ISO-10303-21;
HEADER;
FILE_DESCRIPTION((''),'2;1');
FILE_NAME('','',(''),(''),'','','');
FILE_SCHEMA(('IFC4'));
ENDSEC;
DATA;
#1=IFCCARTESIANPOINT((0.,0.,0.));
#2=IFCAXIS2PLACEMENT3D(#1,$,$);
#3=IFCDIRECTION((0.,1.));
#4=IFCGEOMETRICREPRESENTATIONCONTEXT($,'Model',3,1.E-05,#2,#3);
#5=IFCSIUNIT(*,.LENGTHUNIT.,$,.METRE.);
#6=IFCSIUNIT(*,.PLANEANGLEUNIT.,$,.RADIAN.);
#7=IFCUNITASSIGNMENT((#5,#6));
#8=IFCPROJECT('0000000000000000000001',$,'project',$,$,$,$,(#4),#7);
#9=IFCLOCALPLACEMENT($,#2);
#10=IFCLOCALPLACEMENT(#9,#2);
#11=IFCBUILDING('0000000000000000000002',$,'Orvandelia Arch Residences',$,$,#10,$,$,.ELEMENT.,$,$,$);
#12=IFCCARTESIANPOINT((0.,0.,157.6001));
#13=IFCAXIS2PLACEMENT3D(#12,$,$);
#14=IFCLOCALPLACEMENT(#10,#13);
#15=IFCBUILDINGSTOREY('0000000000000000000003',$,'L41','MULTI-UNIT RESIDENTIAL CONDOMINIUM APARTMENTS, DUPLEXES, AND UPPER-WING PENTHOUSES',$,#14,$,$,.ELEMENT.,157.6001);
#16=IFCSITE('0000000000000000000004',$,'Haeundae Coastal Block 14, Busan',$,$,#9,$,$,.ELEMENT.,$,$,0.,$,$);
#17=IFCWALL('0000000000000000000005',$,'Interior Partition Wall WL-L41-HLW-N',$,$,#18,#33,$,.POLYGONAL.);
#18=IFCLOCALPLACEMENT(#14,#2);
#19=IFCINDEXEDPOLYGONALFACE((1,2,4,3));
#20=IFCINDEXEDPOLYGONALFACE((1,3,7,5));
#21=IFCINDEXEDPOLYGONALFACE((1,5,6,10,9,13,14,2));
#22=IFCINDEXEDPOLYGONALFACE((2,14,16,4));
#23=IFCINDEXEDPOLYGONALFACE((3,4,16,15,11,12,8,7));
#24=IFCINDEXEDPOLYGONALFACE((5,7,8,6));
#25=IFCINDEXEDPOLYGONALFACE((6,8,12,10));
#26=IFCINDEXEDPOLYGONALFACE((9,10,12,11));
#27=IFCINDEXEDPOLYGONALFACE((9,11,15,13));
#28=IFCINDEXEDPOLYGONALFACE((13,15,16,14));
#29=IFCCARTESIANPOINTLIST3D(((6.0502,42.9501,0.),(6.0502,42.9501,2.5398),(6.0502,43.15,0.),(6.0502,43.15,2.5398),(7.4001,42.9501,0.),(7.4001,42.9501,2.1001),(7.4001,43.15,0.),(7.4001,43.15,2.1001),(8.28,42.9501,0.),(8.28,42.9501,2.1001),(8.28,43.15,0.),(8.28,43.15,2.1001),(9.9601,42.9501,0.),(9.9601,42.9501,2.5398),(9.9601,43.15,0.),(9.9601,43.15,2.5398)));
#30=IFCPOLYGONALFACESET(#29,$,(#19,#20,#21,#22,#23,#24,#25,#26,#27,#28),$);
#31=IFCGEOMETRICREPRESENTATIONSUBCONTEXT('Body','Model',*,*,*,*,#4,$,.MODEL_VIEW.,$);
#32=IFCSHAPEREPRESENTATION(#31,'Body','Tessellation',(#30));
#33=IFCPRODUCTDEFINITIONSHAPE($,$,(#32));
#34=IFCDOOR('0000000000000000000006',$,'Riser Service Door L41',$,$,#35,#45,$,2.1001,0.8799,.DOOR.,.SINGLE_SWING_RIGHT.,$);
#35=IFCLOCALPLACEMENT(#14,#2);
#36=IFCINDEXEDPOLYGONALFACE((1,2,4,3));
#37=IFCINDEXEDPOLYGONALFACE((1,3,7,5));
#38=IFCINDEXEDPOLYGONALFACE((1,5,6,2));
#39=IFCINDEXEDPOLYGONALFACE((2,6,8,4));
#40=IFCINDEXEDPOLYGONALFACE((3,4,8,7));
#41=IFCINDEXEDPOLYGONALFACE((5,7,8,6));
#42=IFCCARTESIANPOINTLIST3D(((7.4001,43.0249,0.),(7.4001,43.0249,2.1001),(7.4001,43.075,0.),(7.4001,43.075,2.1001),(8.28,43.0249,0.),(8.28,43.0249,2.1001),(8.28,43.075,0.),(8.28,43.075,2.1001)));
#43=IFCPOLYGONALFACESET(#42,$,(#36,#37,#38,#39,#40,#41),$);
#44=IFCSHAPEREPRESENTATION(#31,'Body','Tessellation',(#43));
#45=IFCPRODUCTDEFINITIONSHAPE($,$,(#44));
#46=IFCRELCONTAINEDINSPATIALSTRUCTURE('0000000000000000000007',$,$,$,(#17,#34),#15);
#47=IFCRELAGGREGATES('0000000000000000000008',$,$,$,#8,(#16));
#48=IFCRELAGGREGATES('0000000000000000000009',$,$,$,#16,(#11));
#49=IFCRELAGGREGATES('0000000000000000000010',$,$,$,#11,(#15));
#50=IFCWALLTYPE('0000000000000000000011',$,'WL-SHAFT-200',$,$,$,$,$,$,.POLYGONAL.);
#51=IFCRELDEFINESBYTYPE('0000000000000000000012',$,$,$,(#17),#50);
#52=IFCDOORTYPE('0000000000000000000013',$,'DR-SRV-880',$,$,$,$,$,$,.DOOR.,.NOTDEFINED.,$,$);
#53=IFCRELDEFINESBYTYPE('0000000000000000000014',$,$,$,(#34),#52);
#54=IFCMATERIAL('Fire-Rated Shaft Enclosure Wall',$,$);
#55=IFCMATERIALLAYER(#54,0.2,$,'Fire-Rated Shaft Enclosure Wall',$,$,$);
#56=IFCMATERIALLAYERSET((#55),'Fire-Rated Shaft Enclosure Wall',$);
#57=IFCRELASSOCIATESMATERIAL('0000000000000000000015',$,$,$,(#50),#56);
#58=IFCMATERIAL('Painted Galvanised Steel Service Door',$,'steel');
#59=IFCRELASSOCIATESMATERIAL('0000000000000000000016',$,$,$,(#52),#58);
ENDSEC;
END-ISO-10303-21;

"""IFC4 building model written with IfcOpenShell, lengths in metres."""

from ifc_helpers import new_model, si_unit, direction, frame, frame_2d, origin, place, context, subcontext, project, spatial, rectangle, extrude, material, layer, layer_set, type_object, element, fill, save


model = new_model("IFC4")

# Units and contexts
model_context = context("Model", 3, precision=1e-05, world=origin(), true_north=direction((0.0, 1.0)))
body_context = subcontext(model_context, "Body", "Model", "MODEL_VIEW")
ifc_project = project(units=[si_unit("LENGTHUNIT", "METRE"), si_unit("PLANEANGLEUNIT", "RADIAN")], contexts=[model_context])

# Site, building, storey
site_placement = place(None, origin())
site = spatial("IfcSite", under=ifc_project, at=site_placement, Name="Haeundae Coastal Block 14, Busan", CompositionType="ELEMENT", RefElevation=0.0)
building_placement = place(site_placement, origin())
building = spatial("IfcBuilding", under=site, at=building_placement, Name="Orvandelia Arch Residences", CompositionType="ELEMENT")
storey_placement = place(building_placement, frame((0.0, 0.0, 157.6001)))
storey = spatial("IfcBuildingStorey", under=building, at=storey_placement, Name="L41", Description="MULTI-UNIT RESIDENTIAL CONDOMINIUM APARTMENTS, DUPLEXES, AND UPPER-WING PENTHOUSES", CompositionType="ELEMENT", Elevation=157.6001)

# Wall, opening, door
ifc_material_1 = material(Name="Fire-Rated Shaft Enclosure Wall")
ifc_layer_1 = layer(ifc_material_1, 0.2, Name="Fire-Rated Shaft Enclosure Wall")
ifc_layer_set_1 = layer_set([ifc_layer_1], Name="Fire-Rated Shaft Enclosure Wall")
wall_type_1 = type_object("IfcWallType", Name="WL-SHAFT-200", PredefinedType="POLYGONAL", material=ifc_layer_set_1)
wall_1_placement = place(storey_placement, frame((6.05, 43.05, 0.0), z_axis=(0.0, 0.0, 1.0), x_axis=(1.0, 0.0, 0.0)))
wall_1 = element("IfcWall", 1, at=wall_1_placement, inside=storey, type_object=wall_type_1, Name="Interior Partition Wall WL-L41-HLW-N", PredefinedType="POLYGONAL", context=body_context, shape_type="SweptSolid", body=[
    extrude(rectangle(XDim=3.9099, YDim=0.2, at=frame_2d((1.9551, 0.0))), origin(), (0.0, 0.0, 1.0), 2.5398),
])
opening_1_placement = place(wall_1_placement, frame((1.3501, 0.0, 0.0)))
opening_1 = element("IfcOpeningElement", 2, at=opening_1_placement, cuts=wall_1, PredefinedType="OPENING", context=body_context, shape_type="SweptSolid", body=[
    extrude(rectangle(XDim=0.8799, YDim=2.1001, at=frame_2d((0.4399, 1.05))), frame((0.0, 0.1099, 0.0), z_axis=(0.0, -1.0, 0.0), x_axis=(1.0, 0.0, 0.0)), (0.0, 0.0, 1.0), 0.22),
])
ifc_material_2 = material(Name="Painted Galvanised Steel Service Door", Category="steel")
door_type = type_object("IfcDoorType", Name="DR-SRV-880", OperationType="NOTDEFINED", PredefinedType="DOOR", material=ifc_material_2)
door_placement = place(opening_1_placement, origin())
door = element("IfcDoor", 3, at=door_placement, inside=storey, type_object=door_type, Name="Riser Service Door L41", OperationType="SINGLE_SWING_RIGHT", OverallHeight=2.1001, OverallWidth=0.8799, PredefinedType="DOOR", context=body_context, shape_type="SweptSolid", body=[
    extrude(rectangle(XDim=0.8799, YDim=2.1001, at=frame_2d((0.4399, 1.05))), frame((0.0, 0.0249, 0.0), z_axis=(0.0, -1.0, 0.0), x_axis=(1.0, 0.0, 0.0)), (0.0, 0.0, 1.0), 0.05),
])
fill(opening_1, door)

save(model, "model.ifc")
